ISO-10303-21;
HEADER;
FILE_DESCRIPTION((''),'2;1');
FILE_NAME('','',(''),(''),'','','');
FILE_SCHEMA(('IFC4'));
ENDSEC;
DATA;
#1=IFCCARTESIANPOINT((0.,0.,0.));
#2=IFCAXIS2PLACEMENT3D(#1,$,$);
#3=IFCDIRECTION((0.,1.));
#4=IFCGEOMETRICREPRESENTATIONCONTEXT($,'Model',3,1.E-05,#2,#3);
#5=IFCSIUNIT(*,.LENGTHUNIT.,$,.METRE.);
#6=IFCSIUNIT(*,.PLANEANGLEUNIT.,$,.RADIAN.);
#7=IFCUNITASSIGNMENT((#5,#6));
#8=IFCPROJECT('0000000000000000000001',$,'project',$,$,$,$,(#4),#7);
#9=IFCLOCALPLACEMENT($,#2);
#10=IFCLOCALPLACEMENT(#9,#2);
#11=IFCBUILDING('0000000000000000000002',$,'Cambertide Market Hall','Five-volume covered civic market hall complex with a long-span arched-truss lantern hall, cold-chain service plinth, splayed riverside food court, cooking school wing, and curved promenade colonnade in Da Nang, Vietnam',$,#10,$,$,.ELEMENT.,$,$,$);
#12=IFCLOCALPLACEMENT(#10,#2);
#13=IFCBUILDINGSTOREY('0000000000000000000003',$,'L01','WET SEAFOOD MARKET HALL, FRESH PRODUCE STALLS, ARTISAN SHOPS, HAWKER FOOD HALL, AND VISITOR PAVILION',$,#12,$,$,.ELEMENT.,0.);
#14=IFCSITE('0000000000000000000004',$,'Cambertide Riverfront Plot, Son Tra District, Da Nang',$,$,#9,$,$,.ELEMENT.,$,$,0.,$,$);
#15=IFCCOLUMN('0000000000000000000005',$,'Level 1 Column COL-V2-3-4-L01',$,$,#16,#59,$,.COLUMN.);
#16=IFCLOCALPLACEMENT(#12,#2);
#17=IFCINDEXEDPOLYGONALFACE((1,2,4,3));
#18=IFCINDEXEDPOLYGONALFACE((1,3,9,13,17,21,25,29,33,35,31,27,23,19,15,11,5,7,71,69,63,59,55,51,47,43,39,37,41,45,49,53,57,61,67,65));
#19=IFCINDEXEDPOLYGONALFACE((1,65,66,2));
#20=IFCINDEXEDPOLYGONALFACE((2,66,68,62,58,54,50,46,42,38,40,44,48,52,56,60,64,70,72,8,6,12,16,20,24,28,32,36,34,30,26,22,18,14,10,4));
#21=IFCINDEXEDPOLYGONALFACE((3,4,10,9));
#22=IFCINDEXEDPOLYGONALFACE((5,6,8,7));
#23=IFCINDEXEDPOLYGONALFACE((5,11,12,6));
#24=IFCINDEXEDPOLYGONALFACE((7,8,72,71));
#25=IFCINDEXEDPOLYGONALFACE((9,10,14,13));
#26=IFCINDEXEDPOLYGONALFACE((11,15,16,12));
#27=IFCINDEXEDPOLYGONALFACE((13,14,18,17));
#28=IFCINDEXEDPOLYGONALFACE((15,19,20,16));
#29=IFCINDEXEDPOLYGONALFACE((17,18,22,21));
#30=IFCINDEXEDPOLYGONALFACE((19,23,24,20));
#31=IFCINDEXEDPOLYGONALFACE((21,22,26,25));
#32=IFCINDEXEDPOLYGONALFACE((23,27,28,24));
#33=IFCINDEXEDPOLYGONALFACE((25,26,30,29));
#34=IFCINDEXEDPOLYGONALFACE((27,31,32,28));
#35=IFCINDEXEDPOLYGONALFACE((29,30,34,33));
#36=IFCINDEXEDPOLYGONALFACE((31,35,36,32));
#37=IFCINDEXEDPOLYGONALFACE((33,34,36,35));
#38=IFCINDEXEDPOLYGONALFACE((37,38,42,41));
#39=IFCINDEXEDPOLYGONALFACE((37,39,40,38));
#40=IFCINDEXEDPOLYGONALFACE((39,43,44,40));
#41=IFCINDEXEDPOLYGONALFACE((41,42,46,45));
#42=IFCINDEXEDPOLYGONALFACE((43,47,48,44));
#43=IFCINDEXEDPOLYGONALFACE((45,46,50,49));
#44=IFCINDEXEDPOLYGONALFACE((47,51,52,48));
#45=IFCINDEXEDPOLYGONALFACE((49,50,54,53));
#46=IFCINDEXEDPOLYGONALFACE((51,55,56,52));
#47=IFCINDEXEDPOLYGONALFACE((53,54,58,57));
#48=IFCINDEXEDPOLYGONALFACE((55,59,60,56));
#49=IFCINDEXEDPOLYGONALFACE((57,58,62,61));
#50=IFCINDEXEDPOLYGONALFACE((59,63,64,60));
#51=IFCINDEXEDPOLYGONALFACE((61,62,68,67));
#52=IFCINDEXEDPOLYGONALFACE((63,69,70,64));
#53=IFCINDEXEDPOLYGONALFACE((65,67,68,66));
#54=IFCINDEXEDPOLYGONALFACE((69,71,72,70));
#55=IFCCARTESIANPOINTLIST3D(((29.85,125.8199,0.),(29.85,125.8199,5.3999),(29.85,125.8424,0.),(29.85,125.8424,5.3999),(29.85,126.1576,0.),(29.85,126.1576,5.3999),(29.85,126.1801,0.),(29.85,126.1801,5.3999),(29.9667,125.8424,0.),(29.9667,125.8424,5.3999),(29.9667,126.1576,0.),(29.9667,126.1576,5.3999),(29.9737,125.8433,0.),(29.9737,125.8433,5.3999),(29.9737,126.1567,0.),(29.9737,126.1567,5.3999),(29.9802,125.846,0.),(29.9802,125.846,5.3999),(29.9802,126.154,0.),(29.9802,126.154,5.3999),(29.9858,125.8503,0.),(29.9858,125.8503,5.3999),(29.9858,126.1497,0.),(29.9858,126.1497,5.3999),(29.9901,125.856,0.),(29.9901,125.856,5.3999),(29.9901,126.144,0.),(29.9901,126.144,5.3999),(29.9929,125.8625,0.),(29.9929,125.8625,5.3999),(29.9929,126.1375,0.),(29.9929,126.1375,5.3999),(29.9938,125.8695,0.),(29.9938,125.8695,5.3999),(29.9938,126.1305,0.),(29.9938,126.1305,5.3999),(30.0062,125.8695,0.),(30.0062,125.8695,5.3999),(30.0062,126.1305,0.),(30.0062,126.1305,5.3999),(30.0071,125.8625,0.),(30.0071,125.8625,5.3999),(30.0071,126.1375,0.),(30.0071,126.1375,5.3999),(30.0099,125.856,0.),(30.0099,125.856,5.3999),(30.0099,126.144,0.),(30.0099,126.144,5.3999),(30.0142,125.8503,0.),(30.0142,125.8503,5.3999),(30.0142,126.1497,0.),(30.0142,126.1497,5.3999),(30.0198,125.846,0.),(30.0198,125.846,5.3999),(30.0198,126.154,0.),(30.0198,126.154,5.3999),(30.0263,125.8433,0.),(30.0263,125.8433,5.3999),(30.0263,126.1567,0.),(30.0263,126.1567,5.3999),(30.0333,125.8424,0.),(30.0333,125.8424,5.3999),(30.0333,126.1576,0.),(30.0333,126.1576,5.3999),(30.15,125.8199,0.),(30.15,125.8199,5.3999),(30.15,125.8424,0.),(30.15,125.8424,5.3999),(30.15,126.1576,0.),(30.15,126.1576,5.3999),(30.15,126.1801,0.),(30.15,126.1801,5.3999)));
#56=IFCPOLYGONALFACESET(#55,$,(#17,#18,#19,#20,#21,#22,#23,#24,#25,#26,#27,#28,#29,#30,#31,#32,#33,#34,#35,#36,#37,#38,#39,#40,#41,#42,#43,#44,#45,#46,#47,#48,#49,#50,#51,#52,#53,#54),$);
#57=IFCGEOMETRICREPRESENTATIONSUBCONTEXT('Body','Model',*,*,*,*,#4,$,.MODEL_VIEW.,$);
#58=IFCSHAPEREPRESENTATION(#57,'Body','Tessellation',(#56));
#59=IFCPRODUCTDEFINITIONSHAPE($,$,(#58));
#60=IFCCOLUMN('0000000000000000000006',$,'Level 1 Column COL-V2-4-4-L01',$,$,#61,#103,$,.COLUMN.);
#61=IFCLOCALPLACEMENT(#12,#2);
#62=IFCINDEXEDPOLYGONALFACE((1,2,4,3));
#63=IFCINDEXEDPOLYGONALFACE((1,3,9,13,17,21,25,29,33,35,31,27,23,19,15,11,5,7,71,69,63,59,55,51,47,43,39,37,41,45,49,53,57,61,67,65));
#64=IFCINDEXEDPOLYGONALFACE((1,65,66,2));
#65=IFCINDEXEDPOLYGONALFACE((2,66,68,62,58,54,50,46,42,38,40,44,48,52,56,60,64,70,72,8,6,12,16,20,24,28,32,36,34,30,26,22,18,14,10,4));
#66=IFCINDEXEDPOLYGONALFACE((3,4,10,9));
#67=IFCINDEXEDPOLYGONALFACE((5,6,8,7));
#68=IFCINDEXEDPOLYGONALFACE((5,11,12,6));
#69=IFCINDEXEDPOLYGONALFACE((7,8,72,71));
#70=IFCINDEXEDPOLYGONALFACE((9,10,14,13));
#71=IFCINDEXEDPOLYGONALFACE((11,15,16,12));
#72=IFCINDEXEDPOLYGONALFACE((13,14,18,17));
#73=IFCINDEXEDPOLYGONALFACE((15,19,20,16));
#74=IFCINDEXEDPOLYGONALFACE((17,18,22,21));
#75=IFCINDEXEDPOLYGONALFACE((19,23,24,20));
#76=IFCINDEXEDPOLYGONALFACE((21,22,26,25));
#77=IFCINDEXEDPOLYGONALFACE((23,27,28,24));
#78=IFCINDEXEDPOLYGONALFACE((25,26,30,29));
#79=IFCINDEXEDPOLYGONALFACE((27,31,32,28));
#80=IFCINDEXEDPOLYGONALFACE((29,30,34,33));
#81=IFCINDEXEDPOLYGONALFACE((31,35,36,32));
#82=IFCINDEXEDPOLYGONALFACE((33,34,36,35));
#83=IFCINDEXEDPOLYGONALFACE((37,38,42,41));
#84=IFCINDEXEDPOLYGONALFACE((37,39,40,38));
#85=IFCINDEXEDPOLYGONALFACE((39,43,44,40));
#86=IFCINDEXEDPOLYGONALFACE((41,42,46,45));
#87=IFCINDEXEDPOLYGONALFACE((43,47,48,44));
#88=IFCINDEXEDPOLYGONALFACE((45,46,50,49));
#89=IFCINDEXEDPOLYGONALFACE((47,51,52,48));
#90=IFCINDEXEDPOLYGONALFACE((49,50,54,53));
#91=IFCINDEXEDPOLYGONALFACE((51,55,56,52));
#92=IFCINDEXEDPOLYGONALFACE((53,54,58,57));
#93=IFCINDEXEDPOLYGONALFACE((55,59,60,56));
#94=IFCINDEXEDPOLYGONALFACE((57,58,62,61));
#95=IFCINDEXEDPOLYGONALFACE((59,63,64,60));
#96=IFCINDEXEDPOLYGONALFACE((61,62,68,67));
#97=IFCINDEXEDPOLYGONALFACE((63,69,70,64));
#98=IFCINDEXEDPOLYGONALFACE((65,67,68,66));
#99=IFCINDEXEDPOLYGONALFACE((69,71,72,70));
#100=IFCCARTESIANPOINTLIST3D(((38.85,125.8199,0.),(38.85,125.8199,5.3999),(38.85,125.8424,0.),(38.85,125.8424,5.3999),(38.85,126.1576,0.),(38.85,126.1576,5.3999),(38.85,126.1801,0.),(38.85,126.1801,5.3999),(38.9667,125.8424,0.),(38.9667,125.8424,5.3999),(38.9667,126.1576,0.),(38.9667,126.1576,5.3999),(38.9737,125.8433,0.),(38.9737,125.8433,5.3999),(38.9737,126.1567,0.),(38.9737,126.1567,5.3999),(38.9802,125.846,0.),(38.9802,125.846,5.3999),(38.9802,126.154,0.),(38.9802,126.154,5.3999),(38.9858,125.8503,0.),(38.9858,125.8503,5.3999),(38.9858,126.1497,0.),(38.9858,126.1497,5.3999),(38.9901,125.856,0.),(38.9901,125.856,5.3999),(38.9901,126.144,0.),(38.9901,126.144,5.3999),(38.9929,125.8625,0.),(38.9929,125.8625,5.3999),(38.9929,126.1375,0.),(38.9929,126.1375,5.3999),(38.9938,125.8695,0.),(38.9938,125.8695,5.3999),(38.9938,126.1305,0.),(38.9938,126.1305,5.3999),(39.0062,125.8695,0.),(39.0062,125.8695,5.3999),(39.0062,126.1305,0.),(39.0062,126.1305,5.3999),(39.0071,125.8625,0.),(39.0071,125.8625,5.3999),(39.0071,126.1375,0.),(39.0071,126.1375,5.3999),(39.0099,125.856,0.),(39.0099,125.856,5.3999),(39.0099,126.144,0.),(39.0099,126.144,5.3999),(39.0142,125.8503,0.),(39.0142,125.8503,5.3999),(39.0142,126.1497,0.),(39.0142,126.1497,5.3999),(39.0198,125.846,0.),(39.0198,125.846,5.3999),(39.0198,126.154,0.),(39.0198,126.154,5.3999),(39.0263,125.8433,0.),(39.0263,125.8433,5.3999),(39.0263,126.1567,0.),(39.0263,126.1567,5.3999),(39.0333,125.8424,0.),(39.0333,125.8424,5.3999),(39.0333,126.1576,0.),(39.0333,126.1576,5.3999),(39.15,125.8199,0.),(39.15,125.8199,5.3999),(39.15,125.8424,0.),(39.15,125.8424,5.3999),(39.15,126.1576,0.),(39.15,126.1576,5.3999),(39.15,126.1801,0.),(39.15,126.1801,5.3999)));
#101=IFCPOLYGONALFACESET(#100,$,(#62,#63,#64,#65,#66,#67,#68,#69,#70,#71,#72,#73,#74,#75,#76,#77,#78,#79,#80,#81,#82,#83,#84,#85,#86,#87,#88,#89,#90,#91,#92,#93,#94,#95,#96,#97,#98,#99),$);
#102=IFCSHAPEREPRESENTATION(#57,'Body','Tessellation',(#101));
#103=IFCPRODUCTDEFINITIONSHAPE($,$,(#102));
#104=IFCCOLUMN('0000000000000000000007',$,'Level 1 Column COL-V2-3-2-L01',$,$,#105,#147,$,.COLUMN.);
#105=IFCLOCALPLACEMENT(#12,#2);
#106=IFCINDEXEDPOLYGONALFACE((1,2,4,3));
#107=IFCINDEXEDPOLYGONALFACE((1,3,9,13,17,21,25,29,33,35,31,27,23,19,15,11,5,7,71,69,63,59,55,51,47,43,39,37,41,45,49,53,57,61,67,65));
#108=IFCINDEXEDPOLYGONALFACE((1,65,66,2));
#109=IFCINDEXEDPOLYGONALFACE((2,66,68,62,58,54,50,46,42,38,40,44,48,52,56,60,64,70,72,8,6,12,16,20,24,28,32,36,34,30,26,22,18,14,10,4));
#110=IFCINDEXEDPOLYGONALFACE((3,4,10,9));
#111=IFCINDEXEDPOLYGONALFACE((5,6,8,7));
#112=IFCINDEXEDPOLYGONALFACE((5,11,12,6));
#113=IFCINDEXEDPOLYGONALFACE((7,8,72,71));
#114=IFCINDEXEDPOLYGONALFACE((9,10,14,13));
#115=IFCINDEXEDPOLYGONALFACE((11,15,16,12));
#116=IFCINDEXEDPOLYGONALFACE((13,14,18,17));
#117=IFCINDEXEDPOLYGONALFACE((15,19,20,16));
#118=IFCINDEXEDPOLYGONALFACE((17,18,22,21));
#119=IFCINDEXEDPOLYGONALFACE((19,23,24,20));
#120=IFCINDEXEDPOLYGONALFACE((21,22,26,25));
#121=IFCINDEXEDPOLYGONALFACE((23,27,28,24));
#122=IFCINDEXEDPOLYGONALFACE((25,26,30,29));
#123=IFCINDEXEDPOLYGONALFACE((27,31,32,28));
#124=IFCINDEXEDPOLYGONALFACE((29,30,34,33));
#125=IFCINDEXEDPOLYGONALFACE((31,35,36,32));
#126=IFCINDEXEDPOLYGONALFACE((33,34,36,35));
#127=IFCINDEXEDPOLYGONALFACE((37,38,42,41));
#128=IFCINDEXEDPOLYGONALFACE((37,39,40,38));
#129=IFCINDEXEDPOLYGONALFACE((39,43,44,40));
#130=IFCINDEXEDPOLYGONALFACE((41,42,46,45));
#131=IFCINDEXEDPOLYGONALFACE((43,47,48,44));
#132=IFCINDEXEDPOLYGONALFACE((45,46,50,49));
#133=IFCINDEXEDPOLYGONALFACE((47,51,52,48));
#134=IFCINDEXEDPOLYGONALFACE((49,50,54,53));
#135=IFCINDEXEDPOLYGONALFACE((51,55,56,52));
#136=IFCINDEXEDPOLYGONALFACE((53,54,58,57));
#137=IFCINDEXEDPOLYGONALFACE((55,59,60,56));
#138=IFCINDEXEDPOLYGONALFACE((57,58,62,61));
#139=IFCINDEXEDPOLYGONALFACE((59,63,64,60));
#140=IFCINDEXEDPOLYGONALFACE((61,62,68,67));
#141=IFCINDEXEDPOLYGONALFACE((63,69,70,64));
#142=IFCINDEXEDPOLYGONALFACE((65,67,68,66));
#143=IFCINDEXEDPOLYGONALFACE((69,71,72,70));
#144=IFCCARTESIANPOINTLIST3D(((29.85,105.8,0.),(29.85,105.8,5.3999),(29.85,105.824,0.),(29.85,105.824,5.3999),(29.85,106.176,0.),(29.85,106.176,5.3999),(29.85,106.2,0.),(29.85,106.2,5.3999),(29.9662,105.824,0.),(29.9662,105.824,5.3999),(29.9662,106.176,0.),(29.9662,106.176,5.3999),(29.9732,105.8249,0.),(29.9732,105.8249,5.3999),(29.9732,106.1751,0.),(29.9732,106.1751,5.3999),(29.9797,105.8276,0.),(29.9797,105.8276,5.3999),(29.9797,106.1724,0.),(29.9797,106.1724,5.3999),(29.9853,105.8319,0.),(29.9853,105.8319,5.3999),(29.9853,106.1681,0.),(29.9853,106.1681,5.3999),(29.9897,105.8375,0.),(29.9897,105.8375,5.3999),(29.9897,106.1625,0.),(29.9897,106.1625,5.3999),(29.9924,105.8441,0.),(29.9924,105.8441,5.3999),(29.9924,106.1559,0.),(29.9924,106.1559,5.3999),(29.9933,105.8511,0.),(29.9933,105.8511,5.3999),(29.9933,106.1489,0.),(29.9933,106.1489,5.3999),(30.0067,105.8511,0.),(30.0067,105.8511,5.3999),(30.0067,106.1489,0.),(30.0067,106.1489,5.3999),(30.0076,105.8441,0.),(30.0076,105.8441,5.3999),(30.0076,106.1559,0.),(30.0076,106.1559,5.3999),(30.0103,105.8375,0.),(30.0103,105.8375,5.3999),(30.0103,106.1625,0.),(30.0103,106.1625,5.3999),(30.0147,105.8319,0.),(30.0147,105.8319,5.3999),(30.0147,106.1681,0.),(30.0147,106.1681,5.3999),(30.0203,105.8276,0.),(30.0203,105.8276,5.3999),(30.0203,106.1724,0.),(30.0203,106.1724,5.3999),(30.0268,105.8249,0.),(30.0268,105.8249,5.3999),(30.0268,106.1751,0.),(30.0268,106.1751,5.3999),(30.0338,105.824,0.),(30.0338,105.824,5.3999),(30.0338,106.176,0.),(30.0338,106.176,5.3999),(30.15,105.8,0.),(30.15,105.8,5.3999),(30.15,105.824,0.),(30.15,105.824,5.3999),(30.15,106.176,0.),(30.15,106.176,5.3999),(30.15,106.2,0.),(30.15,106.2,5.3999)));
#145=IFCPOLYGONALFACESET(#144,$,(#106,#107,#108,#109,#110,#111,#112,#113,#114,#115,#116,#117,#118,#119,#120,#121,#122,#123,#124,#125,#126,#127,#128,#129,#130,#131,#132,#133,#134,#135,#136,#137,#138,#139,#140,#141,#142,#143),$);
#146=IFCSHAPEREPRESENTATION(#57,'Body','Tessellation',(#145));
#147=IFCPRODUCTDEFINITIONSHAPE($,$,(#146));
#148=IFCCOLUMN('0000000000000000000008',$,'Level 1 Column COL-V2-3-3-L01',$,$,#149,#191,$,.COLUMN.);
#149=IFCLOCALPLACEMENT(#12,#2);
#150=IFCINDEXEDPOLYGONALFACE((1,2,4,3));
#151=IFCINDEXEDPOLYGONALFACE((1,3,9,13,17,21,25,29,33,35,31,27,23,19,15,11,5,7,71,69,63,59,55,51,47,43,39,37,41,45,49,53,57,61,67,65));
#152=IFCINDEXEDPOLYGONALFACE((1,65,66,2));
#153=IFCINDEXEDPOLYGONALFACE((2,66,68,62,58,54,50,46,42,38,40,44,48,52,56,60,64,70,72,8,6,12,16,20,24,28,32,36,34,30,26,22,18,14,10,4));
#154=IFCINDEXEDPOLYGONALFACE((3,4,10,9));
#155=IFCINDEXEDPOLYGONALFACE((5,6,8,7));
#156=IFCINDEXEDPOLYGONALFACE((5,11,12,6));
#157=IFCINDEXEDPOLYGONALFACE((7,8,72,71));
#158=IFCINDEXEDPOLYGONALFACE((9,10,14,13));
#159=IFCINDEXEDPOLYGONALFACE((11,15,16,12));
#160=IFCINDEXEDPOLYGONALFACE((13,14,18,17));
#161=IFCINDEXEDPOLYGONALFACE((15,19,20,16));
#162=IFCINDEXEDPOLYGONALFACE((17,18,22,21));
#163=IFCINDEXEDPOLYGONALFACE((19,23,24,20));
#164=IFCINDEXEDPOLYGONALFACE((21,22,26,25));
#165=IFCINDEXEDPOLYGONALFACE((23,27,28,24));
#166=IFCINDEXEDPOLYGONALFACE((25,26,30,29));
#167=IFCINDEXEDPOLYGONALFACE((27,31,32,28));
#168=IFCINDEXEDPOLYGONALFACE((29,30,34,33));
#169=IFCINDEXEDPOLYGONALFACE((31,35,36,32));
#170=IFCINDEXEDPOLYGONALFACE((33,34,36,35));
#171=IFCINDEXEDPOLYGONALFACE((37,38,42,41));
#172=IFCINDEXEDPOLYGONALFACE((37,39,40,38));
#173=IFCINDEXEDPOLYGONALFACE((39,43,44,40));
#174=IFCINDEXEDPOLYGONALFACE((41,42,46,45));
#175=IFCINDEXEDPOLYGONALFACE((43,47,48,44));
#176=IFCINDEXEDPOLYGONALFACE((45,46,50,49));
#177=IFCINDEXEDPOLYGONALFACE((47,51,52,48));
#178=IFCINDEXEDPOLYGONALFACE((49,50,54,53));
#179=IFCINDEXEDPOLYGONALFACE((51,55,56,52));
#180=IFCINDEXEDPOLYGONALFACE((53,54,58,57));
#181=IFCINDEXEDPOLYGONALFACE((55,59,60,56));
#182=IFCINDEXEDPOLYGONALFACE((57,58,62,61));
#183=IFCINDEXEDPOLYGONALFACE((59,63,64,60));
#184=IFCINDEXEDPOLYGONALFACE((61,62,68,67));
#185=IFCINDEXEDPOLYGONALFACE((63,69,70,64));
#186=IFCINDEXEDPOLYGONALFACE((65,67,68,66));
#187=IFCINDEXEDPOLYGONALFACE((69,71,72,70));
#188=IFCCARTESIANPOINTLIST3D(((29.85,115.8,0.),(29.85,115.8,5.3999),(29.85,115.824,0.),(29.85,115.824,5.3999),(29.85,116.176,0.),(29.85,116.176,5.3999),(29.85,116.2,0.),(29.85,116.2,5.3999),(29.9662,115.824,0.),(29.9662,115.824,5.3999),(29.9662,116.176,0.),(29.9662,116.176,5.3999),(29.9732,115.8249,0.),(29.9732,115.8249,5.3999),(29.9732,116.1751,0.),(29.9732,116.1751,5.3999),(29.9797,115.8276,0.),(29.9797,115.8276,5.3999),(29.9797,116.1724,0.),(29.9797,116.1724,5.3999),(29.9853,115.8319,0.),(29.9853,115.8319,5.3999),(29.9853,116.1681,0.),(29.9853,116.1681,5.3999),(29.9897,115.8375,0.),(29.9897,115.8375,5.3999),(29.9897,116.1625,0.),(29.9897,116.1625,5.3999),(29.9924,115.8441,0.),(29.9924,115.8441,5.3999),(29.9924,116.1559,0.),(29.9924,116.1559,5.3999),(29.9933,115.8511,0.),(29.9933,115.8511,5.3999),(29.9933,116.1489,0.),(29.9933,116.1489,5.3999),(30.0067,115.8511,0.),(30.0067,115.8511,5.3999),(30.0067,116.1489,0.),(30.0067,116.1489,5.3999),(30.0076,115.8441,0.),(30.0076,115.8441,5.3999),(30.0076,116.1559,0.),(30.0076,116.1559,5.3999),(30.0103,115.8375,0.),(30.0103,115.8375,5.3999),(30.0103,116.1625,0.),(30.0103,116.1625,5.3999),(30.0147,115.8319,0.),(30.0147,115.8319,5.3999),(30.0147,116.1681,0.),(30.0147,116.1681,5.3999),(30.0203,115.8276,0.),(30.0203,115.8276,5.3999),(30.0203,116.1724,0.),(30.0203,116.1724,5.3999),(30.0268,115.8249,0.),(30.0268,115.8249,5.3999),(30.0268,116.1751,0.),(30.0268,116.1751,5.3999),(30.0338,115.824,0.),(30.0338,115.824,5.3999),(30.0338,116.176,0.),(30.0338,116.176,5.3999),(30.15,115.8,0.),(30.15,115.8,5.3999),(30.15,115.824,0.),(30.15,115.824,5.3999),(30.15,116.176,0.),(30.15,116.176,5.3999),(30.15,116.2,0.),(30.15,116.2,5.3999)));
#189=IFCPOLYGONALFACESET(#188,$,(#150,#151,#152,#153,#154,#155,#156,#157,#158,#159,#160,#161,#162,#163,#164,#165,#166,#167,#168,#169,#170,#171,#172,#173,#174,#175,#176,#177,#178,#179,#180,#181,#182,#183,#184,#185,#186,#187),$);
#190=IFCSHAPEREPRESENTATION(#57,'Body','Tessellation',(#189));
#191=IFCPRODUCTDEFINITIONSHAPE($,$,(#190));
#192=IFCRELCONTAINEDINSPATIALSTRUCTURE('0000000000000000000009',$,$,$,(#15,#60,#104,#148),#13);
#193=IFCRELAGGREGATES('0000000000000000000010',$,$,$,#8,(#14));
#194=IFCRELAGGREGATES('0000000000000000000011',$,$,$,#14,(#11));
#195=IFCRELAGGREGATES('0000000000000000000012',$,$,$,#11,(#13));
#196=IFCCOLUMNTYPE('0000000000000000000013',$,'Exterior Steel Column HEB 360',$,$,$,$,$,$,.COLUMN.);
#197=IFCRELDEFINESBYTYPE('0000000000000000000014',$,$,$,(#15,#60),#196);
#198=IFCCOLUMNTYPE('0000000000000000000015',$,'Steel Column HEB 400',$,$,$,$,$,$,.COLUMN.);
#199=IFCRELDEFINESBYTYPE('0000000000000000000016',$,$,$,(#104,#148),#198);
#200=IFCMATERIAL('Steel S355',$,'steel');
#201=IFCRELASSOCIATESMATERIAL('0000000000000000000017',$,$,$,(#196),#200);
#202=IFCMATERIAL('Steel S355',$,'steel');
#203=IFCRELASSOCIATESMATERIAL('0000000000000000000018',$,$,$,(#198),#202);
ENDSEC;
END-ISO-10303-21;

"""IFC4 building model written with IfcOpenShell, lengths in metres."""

from ifc_helpers import new_model, si_unit, direction, frame, origin, origin_2d, place, context, subcontext, project, spatial, i_section, extrude, material, material_profile, profile_set, type_object, element, save


model = new_model("IFC4")

# Units and contexts
model_context = context("Model", 3, precision=1e-05, world=origin(), true_north=direction((0.0, 1.0)))
body_context = subcontext(model_context, "Body", "Model", "MODEL_VIEW")
ifc_project = project(units=[si_unit("LENGTHUNIT", "METRE"), si_unit("PLANEANGLEUNIT", "RADIAN")], contexts=[model_context])

# Site, building, storey
site_placement = place(None, origin())
site = spatial("IfcSite", under=ifc_project, at=site_placement, Name="Cambertide Riverfront Plot, Son Tra District, Da Nang", CompositionType="ELEMENT", RefElevation=0.0)
building_placement = place(site_placement, origin())
building = spatial("IfcBuilding", under=site, at=building_placement, Name="Cambertide Market Hall", Description="Five-volume covered civic market hall complex with a long-span arched-truss lantern hall, cold-chain service plinth, splayed riverside food court, cooking school wing, and curved promenade colonnade in Da Nang, Vietnam", CompositionType="ELEMENT")
storey_placement = place(building_placement, origin())
storey = spatial("IfcBuildingStorey", under=building, at=storey_placement, Name="L01", Description="WET SEAFOOD MARKET HALL, FRESH PRODUCE STALLS, ARTISAN SHOPS, HAWKER FOOD HALL, AND VISITOR PAVILION", CompositionType="ELEMENT", Elevation=0.0)

# Columns
ifc_material_1 = material(Name="Steel S355", Category="steel")
ifc_material_profile_1 = material_profile(ifc_material_1, i_section(OverallWidth=0.3, OverallDepth=0.3601, WebThickness=0.0125, FlangeThickness=0.0225, FilletRadius=0.0271, at=origin_2d()), Name="HEB 360")
ifc_profile_set_1 = profile_set([ifc_material_profile_1], Name="Steel S355")
column_type_1 = type_object("IfcColumnType", Name="Exterior Steel Column HEB 360", PredefinedType="COLUMN", material=ifc_profile_set_1)
for number, where, z_axis, x_axis, name in (
    (1, (30.0, 126.0, 0.0), (0.0, 0.0, 1.0), (1.0, 0.0, 0.0), "Level 1 Column COL-V2-3-4-L01"),
    (2, (39.0, 126.0, 0.0), (0.0, 0.0, 1.0), (1.0, 0.0, 0.0), "Level 1 Column COL-V2-4-4-L01"),
):
    element("IfcColumn", number, at=place(storey_placement, frame(where, z_axis=z_axis, x_axis=x_axis)), inside=storey, type_object=column_type_1, Name=name, PredefinedType="COLUMN", context=body_context, shape_type="SweptSolid", body=[
        extrude(i_section(OverallWidth=0.3, OverallDepth=0.3601, WebThickness=0.0125, FlangeThickness=0.0225, FilletRadius=0.0271, at=origin_2d()), origin(), (0.0, 0.0, 1.0), 5.3999),
    ])
ifc_material_2 = material(Name="Steel S355", Category="steel")
ifc_material_profile_2 = material_profile(ifc_material_2, i_section(OverallWidth=0.3, OverallDepth=0.3999, WebThickness=0.0134, FlangeThickness=0.0239, FilletRadius=0.0271, at=origin_2d()), Name="HEB 400")
ifc_profile_set_2 = profile_set([ifc_material_profile_2], Name="Steel S355")
column_type_2 = type_object("IfcColumnType", Name="Steel Column HEB 400", PredefinedType="COLUMN", material=ifc_profile_set_2)
for number, where, z_axis, x_axis, name in (
    (3, (30.0, 106.0, 0.0), (0.0, 0.0, 1.0), (1.0, 0.0, 0.0), "Level 1 Column COL-V2-3-2-L01"),
    (4, (30.0, 116.0, 0.0), (0.0, 0.0, 1.0), (1.0, 0.0, 0.0), "Level 1 Column COL-V2-3-3-L01"),
):
    element("IfcColumn", number, at=place(storey_placement, frame(where, z_axis=z_axis, x_axis=x_axis)), inside=storey, type_object=column_type_2, Name=name, PredefinedType="COLUMN", context=body_context, shape_type="SweptSolid", body=[
        extrude(i_section(OverallWidth=0.3, OverallDepth=0.3999, WebThickness=0.0134, FlangeThickness=0.0239, FilletRadius=0.0271, at=origin_2d()), origin(), (0.0, 0.0, 1.0), 5.3999),
    ])

save(model, "model.ifc")
